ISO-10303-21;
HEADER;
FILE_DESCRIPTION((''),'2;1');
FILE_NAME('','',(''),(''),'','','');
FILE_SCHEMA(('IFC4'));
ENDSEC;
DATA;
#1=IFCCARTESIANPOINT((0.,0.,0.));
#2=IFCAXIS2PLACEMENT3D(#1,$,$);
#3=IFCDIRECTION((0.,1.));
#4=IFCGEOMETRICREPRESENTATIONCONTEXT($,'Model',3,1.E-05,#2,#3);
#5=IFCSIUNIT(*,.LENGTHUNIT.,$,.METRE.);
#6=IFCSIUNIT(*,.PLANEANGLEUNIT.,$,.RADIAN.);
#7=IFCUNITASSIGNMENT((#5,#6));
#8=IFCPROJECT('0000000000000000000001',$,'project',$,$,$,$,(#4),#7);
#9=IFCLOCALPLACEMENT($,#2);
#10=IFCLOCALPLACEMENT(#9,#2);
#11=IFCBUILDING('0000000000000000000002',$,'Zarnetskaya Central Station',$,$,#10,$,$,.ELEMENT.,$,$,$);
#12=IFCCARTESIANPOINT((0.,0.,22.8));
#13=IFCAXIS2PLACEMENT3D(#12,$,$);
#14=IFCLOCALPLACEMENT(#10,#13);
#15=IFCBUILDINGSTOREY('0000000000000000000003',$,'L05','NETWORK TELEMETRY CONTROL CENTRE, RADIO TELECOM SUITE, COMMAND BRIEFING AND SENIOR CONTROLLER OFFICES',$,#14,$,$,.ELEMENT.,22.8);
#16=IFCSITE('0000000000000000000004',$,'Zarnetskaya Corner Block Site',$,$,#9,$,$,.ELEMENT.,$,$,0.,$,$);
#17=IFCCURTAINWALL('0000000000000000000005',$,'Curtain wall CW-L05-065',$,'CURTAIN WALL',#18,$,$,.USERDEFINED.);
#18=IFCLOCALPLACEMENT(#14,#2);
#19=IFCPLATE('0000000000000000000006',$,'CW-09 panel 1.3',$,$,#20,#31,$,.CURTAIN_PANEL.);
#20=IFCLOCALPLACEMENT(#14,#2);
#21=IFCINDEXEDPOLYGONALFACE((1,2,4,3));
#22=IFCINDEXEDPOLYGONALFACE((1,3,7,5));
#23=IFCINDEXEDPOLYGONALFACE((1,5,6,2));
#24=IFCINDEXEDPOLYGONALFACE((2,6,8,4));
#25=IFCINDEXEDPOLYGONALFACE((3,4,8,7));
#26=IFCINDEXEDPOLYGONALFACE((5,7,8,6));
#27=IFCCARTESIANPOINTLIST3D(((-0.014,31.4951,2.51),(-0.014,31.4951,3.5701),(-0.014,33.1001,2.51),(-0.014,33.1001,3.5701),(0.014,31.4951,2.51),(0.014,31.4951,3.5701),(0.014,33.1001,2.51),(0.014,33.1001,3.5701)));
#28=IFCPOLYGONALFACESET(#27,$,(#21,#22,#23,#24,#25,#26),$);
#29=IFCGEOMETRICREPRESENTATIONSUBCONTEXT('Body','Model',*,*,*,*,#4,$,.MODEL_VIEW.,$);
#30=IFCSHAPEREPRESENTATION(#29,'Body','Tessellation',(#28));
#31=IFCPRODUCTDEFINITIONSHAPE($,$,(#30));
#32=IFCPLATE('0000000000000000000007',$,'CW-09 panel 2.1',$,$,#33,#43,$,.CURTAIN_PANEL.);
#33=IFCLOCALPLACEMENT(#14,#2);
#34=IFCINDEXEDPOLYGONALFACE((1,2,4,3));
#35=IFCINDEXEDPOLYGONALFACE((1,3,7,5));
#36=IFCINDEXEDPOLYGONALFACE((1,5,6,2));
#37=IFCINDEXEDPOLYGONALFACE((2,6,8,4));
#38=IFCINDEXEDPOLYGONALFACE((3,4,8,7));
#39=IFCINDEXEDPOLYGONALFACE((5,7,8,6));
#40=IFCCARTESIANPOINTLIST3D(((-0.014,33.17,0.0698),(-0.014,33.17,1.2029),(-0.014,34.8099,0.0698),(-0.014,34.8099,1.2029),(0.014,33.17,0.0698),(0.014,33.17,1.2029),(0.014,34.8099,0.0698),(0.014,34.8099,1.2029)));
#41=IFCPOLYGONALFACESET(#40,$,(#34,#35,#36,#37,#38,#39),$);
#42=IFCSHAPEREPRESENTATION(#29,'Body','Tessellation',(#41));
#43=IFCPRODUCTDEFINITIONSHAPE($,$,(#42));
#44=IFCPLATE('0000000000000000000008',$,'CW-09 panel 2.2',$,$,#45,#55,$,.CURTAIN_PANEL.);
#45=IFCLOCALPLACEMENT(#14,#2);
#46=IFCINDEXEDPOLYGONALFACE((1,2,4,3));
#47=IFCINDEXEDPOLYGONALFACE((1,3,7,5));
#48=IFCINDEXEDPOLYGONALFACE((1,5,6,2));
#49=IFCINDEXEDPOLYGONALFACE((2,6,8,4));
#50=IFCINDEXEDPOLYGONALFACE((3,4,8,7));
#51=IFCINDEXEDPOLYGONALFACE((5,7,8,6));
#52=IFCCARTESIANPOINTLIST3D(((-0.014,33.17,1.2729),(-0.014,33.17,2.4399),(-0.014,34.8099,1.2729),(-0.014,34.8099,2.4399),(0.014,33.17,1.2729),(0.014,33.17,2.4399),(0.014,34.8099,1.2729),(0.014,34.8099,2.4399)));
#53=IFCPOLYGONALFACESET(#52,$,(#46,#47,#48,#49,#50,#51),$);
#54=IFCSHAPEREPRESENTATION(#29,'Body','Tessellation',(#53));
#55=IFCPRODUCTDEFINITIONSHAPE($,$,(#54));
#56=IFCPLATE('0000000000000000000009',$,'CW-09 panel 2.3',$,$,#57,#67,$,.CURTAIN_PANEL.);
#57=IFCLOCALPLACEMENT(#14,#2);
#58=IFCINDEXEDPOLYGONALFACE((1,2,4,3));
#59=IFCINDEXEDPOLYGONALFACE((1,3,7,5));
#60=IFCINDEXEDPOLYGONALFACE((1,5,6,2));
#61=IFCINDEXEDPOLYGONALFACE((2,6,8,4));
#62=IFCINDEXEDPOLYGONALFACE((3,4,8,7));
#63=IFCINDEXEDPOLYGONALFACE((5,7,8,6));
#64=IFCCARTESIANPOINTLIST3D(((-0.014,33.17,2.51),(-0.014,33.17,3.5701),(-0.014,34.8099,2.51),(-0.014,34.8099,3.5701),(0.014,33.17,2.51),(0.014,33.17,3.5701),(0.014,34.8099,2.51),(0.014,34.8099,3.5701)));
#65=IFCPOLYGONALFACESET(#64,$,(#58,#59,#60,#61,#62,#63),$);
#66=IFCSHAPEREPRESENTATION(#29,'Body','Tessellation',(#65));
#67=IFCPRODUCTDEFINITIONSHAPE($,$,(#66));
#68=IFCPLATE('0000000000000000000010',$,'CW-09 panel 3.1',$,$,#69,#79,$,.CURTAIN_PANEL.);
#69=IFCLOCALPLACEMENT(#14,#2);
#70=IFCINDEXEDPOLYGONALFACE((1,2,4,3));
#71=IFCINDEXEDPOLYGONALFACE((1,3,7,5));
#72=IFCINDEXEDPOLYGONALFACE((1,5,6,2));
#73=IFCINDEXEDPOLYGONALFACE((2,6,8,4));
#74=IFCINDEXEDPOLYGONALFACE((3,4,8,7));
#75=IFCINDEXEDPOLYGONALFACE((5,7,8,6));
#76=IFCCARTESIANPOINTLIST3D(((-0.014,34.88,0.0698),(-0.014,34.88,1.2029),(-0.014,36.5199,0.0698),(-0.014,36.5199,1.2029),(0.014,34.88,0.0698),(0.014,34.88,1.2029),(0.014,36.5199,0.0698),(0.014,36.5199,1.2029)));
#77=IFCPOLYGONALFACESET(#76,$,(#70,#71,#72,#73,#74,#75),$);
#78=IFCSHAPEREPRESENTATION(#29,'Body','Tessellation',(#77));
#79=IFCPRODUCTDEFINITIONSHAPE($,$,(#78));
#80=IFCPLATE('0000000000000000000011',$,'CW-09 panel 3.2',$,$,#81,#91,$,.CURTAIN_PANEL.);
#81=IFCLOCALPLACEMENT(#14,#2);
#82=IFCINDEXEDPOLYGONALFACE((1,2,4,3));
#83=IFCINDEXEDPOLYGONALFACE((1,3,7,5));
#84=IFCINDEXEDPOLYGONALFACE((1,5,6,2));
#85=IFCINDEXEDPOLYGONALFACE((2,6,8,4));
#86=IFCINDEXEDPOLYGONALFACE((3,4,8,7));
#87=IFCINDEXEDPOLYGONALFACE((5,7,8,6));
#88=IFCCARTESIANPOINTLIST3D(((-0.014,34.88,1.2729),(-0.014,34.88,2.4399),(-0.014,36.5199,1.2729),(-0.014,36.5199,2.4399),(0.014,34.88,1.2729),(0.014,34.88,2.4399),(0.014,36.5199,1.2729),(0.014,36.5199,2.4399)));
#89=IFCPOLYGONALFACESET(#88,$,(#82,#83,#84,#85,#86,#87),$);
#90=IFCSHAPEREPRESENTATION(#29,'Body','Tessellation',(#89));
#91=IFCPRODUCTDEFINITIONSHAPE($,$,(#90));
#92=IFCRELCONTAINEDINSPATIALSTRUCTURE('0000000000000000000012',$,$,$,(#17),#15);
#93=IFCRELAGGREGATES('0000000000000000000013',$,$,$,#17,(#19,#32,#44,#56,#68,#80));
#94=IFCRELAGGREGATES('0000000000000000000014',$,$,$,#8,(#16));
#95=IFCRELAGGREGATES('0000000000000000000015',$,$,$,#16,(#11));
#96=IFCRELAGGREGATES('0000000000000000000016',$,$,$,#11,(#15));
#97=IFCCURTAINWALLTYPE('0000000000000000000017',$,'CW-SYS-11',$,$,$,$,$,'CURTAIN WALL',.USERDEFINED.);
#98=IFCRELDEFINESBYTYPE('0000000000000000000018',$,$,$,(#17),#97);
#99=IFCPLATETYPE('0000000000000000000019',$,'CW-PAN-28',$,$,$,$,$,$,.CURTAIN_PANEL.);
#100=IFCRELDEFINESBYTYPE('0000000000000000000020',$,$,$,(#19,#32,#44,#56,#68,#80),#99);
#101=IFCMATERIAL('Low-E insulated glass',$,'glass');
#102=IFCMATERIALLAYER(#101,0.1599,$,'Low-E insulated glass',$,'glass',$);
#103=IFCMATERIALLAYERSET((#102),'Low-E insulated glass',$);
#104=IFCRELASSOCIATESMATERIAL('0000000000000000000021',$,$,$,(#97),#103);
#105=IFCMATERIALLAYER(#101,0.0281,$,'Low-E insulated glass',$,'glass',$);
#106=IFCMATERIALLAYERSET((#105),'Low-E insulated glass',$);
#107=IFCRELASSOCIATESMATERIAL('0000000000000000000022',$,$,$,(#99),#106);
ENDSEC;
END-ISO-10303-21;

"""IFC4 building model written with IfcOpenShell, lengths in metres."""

from ifc_helpers import new_model, si_unit, direction, frame, origin, origin_2d, place, context, subcontext, project, spatial, rectangle, extrude, material, layer, layer_set, type_object, element, aggregate, save


model = new_model("IFC4")

# Units and contexts
model_context = context("Model", 3, precision=1e-05, world=origin(), true_north=direction((0.0, 1.0)))
body_context = subcontext(model_context, "Body", "Model", "MODEL_VIEW")
ifc_project = project(units=[si_unit("LENGTHUNIT", "METRE"), si_unit("PLANEANGLEUNIT", "RADIAN")], contexts=[model_context])

# Site, building, storey
site_placement = place(None, origin())
site = spatial("IfcSite", under=ifc_project, at=site_placement, Name="Zarnetskaya Corner Block Site", CompositionType="ELEMENT", RefElevation=0.0)
building_placement = place(site_placement, origin())
building = spatial("IfcBuilding", under=site, at=building_placement, Name="Zarnetskaya Central Station", CompositionType="ELEMENT")
storey_placement = place(building_placement, frame((0.0, 0.0, 22.8)))
storey = spatial("IfcBuildingStorey", under=building, at=storey_placement, Name="L05", Description="NETWORK TELEMETRY CONTROL CENTRE, RADIO TELECOM SUITE, COMMAND BRIEFING AND SENIOR CONTROLLER OFFICES", CompositionType="ELEMENT", Elevation=22.8)

# Curtain wall, plates
ifc_material_1 = material(Name="Low-E insulated glass", Category="glass")
ifc_layer_1 = layer(ifc_material_1, 0.1599, Name="Low-E insulated glass", Category="glass")
ifc_layer_set_1 = layer_set([ifc_layer_1], Name="Low-E insulated glass")
curtain_wall_type = type_object("IfcCurtainWallType", Name="CW-SYS-11", ElementType="CURTAIN WALL", PredefinedType="USERDEFINED", material=ifc_layer_set_1)
curtain_wall_placement = place(storey_placement, origin())
curtain_wall = element("IfcCurtainWall", 1, at=curtain_wall_placement, inside=storey, type_object=curtain_wall_type, Name="Curtain wall CW-L05-065", ObjectType="CURTAIN WALL", PredefinedType="USERDEFINED")
ifc_layer_2 = layer(ifc_material_1, 0.0281, Name="Low-E insulated glass", Category="glass")
ifc_layer_set_2 = layer_set([ifc_layer_2], Name="Low-E insulated glass")
plate_type = type_object("IfcPlateType", Name="CW-PAN-28", PredefinedType="CURTAIN_PANEL", material=ifc_layer_set_2)
plate_1_placement = place(storey_placement, frame((0.0, 32.2976, 2.51), z_axis=(0.0, 0.0, 1.0), x_axis=(0.0, 1.0, 0.0)))
plate_1 = element("IfcPlate", 2, at=plate_1_placement, type_object=plate_type, Name="CW-09 panel 1.3", PredefinedType="CURTAIN_PANEL", context=body_context, shape_type="SweptSolid", body=[
    extrude(rectangle(XDim=1.605, YDim=0.0281, at=origin_2d()), origin(), (0.0, 0.0, 1.0), 1.0601),
])
plate_2_placement = place(storey_placement, frame((0.0, 33.99, 0.0698), z_axis=(0.0, 0.0, 1.0), x_axis=(0.0, 1.0, 0.0)))
plate_2 = element("IfcPlate", 3, at=plate_2_placement, type_object=plate_type, Name="CW-09 panel 2.1", PredefinedType="CURTAIN_PANEL", context=body_context, shape_type="SweptSolid", body=[
    extrude(rectangle(XDim=1.6399, YDim=0.0281, at=origin_2d()), origin(), (0.0, 0.0, 1.0), 1.1331),
])
plate_3_placement = place(storey_placement, frame((0.0, 33.99, 1.2729), z_axis=(0.0, 0.0, 1.0), x_axis=(0.0, 1.0, 0.0)))
plate_3 = element("IfcPlate", 4, at=plate_3_placement, type_object=plate_type, Name="CW-09 panel 2.2", PredefinedType="CURTAIN_PANEL", context=body_context, shape_type="SweptSolid", body=[
    extrude(rectangle(XDim=1.6399, YDim=0.0281, at=origin_2d()), origin(), (0.0, 0.0, 1.0), 1.167),
])
plate_4_placement = place(storey_placement, frame((0.0, 33.99, 2.51), z_axis=(0.0, 0.0, 1.0), x_axis=(0.0, 1.0, 0.0)))
plate_4 = element("IfcPlate", 5, at=plate_4_placement, type_object=plate_type, Name="CW-09 panel 2.3", PredefinedType="CURTAIN_PANEL", context=body_context, shape_type="SweptSolid", body=[
    extrude(rectangle(XDim=1.6399, YDim=0.0281, at=origin_2d()), origin(), (0.0, 0.0, 1.0), 1.0601),
])
plate_5_placement = place(storey_placement, frame((0.0, 35.7, 0.0698), z_axis=(0.0, 0.0, 1.0), x_axis=(0.0, 1.0, 0.0)))
plate_5 = element("IfcPlate", 6, at=plate_5_placement, type_object=plate_type, Name="CW-09 panel 3.1", PredefinedType="CURTAIN_PANEL", context=body_context, shape_type="SweptSolid", body=[
    extrude(rectangle(XDim=1.6399, YDim=0.0281, at=origin_2d()), origin(), (0.0, 0.0, 1.0), 1.1331),
])
plate_6_placement = place(storey_placement, frame((0.0, 35.7, 1.2729), z_axis=(0.0, 0.0, 1.0), x_axis=(0.0, 1.0, 0.0)))
plate_6 = element("IfcPlate", 7, at=plate_6_placement, type_object=plate_type, Name="CW-09 panel 3.2", PredefinedType="CURTAIN_PANEL", context=body_context, shape_type="SweptSolid", body=[
    extrude(rectangle(XDim=1.6399, YDim=0.0281, at=origin_2d()), origin(), (0.0, 0.0, 1.0), 1.167),
])
aggregate(curtain_wall, [plate_1, plate_2, plate_3, plate_4, plate_5, plate_6])

save(model, "model.ifc")
